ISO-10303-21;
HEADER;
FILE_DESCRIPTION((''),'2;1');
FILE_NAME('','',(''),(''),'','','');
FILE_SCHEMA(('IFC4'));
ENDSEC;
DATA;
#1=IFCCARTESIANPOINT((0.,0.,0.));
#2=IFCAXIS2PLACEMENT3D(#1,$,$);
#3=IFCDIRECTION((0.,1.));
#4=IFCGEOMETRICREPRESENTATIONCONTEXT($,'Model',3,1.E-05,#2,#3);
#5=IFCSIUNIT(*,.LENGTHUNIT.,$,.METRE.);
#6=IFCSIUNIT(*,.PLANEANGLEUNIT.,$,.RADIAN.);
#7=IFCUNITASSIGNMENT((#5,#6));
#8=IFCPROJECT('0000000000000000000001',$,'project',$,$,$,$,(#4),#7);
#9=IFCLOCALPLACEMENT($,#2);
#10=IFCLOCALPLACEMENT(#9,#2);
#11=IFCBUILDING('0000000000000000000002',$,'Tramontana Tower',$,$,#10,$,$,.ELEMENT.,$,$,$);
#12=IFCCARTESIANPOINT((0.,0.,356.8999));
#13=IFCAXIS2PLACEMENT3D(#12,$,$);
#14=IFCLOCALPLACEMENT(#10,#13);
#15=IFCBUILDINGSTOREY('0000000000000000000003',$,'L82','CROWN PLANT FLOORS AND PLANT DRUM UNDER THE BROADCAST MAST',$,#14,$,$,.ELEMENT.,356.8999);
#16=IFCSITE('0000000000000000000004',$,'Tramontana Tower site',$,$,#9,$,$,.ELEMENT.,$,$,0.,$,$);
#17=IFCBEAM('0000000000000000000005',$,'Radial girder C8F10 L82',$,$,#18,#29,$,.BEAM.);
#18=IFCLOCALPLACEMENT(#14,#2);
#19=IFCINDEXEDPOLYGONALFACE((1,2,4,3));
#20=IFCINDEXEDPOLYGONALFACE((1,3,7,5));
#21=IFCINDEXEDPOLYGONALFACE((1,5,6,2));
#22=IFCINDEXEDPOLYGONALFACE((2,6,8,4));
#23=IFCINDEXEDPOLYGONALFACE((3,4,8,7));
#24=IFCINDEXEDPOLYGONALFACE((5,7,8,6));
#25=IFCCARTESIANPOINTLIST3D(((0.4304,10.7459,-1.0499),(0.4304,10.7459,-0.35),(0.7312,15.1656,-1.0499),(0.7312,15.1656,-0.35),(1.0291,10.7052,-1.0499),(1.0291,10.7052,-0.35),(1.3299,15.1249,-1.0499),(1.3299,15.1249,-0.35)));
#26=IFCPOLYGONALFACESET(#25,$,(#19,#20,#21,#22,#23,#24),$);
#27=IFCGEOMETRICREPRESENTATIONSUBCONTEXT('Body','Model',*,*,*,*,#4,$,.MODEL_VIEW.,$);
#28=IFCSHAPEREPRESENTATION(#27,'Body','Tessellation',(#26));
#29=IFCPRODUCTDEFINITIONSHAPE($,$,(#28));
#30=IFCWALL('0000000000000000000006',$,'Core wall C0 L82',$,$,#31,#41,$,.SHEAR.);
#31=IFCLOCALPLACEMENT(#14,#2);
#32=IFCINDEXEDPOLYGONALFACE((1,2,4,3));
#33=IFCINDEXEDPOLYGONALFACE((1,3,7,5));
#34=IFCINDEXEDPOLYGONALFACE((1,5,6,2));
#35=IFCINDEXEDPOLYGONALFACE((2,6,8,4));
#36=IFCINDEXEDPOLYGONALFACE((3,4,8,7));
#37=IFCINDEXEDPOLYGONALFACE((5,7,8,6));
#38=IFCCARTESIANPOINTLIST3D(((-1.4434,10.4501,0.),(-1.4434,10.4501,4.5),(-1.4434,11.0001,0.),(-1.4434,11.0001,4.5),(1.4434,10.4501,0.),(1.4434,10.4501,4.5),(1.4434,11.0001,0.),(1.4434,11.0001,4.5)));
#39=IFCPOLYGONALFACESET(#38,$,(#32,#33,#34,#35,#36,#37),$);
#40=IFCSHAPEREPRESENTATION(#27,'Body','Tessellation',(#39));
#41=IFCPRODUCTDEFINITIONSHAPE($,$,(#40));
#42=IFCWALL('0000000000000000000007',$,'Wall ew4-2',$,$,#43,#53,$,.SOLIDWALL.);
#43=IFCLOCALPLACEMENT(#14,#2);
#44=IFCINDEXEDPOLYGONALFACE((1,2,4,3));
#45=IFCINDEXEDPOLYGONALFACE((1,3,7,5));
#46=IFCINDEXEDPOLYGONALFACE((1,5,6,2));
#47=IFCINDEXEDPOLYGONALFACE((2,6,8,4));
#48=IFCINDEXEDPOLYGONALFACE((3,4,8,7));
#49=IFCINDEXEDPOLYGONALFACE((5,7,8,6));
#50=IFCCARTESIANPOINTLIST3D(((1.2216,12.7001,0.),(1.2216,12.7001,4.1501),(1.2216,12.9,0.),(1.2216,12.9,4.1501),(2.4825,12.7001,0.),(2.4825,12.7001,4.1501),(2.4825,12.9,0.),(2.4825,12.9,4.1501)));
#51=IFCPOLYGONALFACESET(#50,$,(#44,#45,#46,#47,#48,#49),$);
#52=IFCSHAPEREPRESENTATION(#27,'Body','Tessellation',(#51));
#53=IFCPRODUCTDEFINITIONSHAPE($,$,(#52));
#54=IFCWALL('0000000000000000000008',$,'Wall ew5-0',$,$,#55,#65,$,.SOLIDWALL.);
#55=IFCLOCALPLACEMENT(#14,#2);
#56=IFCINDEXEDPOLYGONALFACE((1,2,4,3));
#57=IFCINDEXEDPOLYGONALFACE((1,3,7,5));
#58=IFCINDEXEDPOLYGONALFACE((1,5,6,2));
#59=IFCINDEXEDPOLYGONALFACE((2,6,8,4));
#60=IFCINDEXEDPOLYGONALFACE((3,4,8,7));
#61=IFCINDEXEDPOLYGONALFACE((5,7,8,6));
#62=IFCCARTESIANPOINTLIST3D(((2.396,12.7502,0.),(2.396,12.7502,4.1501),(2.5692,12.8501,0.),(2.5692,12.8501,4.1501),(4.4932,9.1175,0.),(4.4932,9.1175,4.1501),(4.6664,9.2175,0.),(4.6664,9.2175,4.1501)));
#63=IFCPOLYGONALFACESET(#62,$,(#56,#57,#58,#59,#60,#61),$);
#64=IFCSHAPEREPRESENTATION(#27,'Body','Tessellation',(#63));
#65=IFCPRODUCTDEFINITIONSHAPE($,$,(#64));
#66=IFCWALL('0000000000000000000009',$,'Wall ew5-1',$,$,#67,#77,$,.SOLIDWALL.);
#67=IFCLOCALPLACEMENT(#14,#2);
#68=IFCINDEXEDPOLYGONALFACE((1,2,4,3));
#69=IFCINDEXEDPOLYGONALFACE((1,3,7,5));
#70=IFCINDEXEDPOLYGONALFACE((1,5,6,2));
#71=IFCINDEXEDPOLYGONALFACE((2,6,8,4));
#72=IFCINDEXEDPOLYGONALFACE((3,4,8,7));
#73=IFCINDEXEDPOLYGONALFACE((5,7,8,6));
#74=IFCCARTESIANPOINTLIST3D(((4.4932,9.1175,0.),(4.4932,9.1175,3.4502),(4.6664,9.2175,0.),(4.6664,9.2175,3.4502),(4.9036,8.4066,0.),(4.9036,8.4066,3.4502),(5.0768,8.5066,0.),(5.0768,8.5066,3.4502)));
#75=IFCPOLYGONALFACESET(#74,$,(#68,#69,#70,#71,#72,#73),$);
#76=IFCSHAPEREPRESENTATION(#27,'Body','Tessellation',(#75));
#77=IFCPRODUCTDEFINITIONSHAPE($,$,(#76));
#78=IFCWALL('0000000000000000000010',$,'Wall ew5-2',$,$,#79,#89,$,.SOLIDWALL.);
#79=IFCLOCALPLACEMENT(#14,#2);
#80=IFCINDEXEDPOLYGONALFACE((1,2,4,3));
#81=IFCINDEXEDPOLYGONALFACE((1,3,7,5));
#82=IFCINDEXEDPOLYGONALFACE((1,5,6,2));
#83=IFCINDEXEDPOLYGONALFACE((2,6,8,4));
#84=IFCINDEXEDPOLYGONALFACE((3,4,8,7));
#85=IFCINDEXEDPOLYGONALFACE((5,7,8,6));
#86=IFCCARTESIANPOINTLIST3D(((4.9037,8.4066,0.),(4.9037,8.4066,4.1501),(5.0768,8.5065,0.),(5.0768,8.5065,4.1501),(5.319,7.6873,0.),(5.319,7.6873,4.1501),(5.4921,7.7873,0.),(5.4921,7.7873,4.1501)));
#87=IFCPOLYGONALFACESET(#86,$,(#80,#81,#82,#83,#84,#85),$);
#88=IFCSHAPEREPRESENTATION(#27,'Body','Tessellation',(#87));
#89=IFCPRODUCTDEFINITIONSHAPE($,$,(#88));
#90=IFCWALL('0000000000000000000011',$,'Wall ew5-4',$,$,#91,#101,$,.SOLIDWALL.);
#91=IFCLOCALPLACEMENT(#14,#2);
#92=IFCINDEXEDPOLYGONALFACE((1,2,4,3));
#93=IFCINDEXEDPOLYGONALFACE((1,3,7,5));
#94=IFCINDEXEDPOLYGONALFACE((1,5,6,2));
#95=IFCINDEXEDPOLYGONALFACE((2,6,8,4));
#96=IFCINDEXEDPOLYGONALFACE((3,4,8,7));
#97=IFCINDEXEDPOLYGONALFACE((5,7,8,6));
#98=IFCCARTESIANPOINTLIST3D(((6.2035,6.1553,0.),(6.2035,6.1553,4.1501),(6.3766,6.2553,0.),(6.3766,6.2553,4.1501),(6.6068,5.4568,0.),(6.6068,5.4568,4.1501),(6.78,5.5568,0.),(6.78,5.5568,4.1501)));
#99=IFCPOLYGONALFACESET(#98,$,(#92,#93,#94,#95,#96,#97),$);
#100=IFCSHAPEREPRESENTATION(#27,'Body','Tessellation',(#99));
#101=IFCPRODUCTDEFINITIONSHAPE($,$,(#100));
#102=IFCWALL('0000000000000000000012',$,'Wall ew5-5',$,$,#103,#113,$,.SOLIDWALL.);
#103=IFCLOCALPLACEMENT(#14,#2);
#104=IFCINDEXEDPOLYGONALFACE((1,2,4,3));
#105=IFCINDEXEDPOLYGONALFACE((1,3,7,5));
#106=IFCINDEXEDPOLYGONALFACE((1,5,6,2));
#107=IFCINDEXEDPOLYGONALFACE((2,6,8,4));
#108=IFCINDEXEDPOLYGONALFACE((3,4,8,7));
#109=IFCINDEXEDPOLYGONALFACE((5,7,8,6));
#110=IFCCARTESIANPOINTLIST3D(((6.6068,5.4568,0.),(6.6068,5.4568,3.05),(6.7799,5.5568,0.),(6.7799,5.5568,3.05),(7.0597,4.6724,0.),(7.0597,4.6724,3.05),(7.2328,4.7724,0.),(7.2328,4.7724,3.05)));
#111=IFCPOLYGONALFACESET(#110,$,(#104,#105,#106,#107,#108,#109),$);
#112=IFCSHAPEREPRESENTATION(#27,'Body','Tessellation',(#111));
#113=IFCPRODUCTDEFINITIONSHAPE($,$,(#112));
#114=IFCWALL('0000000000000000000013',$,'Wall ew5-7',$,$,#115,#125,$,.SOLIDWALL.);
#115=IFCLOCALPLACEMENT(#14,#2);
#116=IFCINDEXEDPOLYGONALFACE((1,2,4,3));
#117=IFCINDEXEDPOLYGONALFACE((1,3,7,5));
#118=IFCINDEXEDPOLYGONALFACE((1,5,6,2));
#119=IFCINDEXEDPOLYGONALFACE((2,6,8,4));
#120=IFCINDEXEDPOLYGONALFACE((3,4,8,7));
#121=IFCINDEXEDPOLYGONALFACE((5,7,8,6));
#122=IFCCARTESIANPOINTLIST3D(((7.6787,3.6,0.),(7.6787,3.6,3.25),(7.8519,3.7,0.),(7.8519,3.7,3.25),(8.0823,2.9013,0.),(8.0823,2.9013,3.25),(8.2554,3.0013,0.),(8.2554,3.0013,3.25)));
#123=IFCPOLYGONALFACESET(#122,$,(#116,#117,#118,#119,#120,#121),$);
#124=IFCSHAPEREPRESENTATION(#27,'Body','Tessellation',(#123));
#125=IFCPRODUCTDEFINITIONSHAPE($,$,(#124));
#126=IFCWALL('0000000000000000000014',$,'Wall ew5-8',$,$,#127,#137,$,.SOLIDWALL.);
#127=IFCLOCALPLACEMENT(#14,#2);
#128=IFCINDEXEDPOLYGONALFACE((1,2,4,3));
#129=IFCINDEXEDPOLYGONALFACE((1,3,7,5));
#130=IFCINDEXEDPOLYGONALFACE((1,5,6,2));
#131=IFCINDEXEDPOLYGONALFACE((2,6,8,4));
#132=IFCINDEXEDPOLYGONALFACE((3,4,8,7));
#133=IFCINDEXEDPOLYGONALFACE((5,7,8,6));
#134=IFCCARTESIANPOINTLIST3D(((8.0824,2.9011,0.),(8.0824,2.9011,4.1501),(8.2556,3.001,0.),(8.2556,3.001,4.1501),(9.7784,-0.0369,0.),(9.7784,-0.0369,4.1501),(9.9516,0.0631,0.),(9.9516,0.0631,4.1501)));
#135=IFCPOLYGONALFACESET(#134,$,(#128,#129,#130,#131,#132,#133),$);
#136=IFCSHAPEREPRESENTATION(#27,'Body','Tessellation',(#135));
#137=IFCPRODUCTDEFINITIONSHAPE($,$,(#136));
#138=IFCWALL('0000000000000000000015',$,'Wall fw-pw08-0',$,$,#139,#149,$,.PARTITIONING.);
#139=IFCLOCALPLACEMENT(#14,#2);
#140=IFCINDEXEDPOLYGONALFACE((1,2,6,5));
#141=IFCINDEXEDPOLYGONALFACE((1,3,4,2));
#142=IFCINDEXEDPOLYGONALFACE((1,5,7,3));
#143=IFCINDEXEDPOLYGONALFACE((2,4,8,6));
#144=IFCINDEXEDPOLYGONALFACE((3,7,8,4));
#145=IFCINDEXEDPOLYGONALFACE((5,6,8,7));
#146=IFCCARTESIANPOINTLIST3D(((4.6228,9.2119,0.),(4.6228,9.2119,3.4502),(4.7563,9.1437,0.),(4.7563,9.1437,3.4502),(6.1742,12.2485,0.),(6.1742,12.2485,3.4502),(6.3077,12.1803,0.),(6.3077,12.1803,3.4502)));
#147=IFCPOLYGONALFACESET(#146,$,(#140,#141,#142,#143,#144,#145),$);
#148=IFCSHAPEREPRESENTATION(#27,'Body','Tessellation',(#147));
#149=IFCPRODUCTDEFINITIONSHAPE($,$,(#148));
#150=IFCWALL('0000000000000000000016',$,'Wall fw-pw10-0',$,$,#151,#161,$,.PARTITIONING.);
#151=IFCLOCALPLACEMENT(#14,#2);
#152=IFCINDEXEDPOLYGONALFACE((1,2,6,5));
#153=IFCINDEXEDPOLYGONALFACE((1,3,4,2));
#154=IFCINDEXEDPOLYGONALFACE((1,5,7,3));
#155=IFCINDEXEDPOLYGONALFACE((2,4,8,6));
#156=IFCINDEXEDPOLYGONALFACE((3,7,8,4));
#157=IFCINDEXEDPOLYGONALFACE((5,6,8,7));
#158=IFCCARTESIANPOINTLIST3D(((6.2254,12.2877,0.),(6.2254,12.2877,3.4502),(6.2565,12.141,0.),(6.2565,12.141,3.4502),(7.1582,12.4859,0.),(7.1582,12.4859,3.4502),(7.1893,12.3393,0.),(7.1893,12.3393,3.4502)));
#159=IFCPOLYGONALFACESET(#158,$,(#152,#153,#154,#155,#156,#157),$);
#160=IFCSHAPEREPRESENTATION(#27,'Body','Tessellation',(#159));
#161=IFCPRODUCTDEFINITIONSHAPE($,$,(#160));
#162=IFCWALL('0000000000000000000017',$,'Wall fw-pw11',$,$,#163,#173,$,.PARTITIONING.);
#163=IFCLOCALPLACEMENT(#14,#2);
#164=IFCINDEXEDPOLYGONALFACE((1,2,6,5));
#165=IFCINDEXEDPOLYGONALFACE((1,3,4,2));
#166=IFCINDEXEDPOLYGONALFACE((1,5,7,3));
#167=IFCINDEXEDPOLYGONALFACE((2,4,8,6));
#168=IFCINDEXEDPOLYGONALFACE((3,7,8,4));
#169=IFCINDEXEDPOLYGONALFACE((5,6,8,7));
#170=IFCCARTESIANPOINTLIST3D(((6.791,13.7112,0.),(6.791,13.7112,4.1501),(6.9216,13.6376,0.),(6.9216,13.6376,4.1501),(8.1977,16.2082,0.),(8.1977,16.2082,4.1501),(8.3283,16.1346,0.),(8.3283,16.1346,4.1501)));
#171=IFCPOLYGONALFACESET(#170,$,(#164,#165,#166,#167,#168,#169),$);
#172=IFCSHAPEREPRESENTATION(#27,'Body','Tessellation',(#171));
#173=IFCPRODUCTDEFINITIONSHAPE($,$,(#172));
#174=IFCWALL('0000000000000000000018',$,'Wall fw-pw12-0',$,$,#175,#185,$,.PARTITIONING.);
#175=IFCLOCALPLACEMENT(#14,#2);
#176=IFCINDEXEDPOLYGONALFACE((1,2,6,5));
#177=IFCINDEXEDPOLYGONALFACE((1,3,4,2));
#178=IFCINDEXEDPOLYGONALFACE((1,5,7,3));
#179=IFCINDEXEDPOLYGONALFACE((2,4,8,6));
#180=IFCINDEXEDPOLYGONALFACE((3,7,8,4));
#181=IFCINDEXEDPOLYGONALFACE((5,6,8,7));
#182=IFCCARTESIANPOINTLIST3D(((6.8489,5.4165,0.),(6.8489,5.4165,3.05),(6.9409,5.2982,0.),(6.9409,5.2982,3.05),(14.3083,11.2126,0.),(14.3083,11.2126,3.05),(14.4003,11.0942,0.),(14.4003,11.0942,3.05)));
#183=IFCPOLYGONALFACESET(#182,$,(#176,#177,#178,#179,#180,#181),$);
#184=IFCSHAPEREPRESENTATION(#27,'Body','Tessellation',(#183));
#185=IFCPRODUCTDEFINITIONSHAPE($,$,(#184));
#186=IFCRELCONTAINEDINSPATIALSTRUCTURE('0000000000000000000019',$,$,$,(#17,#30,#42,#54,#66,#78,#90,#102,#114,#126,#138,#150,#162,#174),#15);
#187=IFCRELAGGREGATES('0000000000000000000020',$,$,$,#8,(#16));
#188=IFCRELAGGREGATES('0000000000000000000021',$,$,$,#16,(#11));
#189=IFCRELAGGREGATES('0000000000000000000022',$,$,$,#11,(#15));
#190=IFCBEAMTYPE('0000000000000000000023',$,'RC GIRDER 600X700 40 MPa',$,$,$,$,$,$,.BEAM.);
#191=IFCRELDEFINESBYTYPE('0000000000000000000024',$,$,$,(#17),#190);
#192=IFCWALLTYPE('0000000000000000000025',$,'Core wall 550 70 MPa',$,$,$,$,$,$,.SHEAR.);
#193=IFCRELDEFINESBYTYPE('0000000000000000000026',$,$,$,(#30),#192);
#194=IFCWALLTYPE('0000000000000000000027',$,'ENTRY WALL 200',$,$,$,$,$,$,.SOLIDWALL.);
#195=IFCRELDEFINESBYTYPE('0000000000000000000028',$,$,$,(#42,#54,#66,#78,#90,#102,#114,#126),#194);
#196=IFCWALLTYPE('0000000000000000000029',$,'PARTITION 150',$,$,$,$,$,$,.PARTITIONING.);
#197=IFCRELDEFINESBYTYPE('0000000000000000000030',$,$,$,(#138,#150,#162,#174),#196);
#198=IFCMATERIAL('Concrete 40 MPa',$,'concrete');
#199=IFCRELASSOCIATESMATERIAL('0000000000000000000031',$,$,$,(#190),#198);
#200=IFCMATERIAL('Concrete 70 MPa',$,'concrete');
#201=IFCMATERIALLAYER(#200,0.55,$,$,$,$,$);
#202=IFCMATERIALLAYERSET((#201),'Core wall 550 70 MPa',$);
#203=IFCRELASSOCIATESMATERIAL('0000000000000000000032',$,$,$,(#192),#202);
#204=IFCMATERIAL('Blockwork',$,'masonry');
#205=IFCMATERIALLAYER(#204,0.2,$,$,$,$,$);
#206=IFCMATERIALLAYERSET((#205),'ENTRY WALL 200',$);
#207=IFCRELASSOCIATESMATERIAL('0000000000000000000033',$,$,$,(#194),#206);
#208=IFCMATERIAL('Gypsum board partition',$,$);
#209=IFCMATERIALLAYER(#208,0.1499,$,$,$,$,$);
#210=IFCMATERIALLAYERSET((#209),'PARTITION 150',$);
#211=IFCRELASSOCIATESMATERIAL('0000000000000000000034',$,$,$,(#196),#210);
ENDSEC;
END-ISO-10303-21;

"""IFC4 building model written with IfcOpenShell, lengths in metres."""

from ifc_helpers import new_model, si_unit, direction, frame, frame_2d, origin, origin_2d, place, context, subcontext, project, spatial, rectangle, extrude, material, layer, layer_set, material_profile, profile_set, type_object, element, save


model = new_model("IFC4")

# Units and contexts
model_context = context("Model", 3, precision=1e-05, world=origin(), true_north=direction((0.0, 1.0)))
body_context = subcontext(model_context, "Body", "Model", "MODEL_VIEW")
ifc_project = project(units=[si_unit("LENGTHUNIT", "METRE"), si_unit("PLANEANGLEUNIT", "RADIAN")], contexts=[model_context])

# Site, building, storey
site_placement = place(None, origin())
site = spatial("IfcSite", under=ifc_project, at=site_placement, Name="Tramontana Tower site", CompositionType="ELEMENT", RefElevation=0.0)
building_placement = place(site_placement, origin())
building = spatial("IfcBuilding", under=site, at=building_placement, Name="Tramontana Tower", CompositionType="ELEMENT")
storey_placement = place(building_placement, frame((0.0, 0.0, 356.8999)))
storey = spatial("IfcBuildingStorey", under=building, at=storey_placement, Name="L82", Description="CROWN PLANT FLOORS AND PLANT DRUM UNDER THE BROADCAST MAST", CompositionType="ELEMENT", Elevation=356.8999)

# Beam
ifc_material_1 = material(Name="Concrete 40 MPa", Category="concrete")
ifc_material_profile = material_profile(ifc_material_1, rectangle(XDim=0.6001, YDim=0.7, at=origin_2d()), Name="RC GIRDER 600X700 40 MPa")
ifc_profile_set = profile_set([ifc_material_profile], Name="Concrete 40 MPa")
beam_type = type_object("IfcBeamType", Name="RC GIRDER 600X700 40 MPa", PredefinedType="BEAM", material=ifc_profile_set)
beam_placement = place(storey_placement, frame((1.0305, 15.1453, -0.7), z_axis=(-0.067898, -0.997692, 0.0), x_axis=(0.997692, -0.067898, 0.0)))
element("IfcBeam", 1, at=beam_placement, inside=storey, type_object=beam_type, Name="Radial girder C8F10 L82", PredefinedType="BEAM", context=body_context, shape_type="SweptSolid", body=[
    extrude(rectangle(XDim=0.6001, YDim=0.7, at=origin_2d()), origin(), (0.0, 0.0, 1.0), 4.4299),
])

# Walls
ifc_material_2 = material(Name="Concrete 70 MPa", Category="concrete")
ifc_layer_1 = layer(ifc_material_2, 0.55)
ifc_layer_set_1 = layer_set([ifc_layer_1], Name="Core wall 550 70 MPa")
wall_type_1 = type_object("IfcWallType", Name="Core wall 550 70 MPa", PredefinedType="SHEAR", material=ifc_layer_set_1)
wall_1_placement = place(storey_placement, frame((1.4434, 10.7251, 0.0), z_axis=(0.0, 0.0, 1.0), x_axis=(-1.0, 0.0, 0.0)))
element("IfcWall", 2, at=wall_1_placement, inside=storey, type_object=wall_type_1, Name="Core wall C0 L82", PredefinedType="SHEAR", context=body_context, shape_type="SweptSolid", body=[
    extrude(rectangle(XDim=2.8867, YDim=0.55, at=frame_2d((1.4434, 0.0))), origin(), (0.0, 0.0, 1.0), 4.5),
])
ifc_material_3 = material(Name="Blockwork", Category="masonry")
ifc_layer_2 = layer(ifc_material_3, 0.2)
ifc_layer_set_2 = layer_set([ifc_layer_2], Name="ENTRY WALL 200")
wall_type_2 = type_object("IfcWallType", Name="ENTRY WALL 200", PredefinedType="SOLIDWALL", material=ifc_layer_set_2)
wall_2_placement = place(storey_placement, frame((1.2217, 12.8, 0.0), z_axis=(0.0, 0.0, 1.0), x_axis=(1.0, 0.0, 0.0)))
element("IfcWall", 3, at=wall_2_placement, inside=storey, type_object=wall_type_2, Name="Wall ew4-2", PredefinedType="SOLIDWALL", context=body_context, shape_type="SweptSolid", body=[
    extrude(rectangle(XDim=1.261, YDim=0.2, at=frame_2d((0.6304, 0.0))), origin(), (0.0, 0.0, 1.0), 4.1501),
])
wall_3_placement = place(storey_placement, frame((2.4827, 12.8, 0.0), z_axis=(0.0, 0.0, 1.0), x_axis=(0.499983, -0.866035, 0.0)))
element("IfcWall", 4, at=wall_3_placement, inside=storey, type_object=wall_type_2, Name="Wall ew5-0", PredefinedType="SOLIDWALL", context=body_context, shape_type="SweptSolid", body=[
    extrude(rectangle(XDim=4.1946, YDim=0.2, at=frame_2d((2.0972, 0.0))), origin(), (0.0, 0.0, 1.0), 4.1501),
])
wall_4_placement = place(storey_placement, frame((4.5798, 9.1675, 0.0), z_axis=(0.0, 0.0, 1.0), x_axis=(0.499946, -0.866057, 0.0)))
element("IfcWall", 5, at=wall_4_placement, inside=storey, type_object=wall_type_2, Name="Wall ew5-1", PredefinedType="SOLIDWALL", context=body_context, shape_type="SweptSolid", body=[
    extrude(rectangle(XDim=0.8208, YDim=0.2, at=frame_2d((0.4104, 0.0))), origin(), (0.0, 0.0, 1.0), 3.4502),
])
wall_5_placement = place(storey_placement, frame((4.9902, 8.4565, 0.0), z_axis=(0.0, 0.0, 1.0), x_axis=(0.500028, -0.866009, 0.0)))
element("IfcWall", 6, at=wall_5_placement, inside=storey, type_object=wall_type_2, Name="Wall ew5-2", PredefinedType="SOLIDWALL", context=body_context, shape_type="SweptSolid", body=[
    extrude(rectangle(XDim=0.8306, YDim=0.2, at=frame_2d((0.4153, 0.0))), origin(), (0.0, 0.0, 1.0), 4.1501),
])

# Walls
wall_6_placement = place(storey_placement, frame((6.29, 6.2053, 0.0), z_axis=(0.0, 0.0, 1.0), x_axis=(0.500046, -0.865999, 0.0)))
element("IfcWall", 7, at=wall_6_placement, inside=storey, type_object=wall_type_2, Name="Wall ew5-4", PredefinedType="SOLIDWALL", context=body_context, shape_type="SweptSolid", body=[
    extrude(rectangle(XDim=0.8066, YDim=0.2, at=frame_2d((0.4033, 0.0))), origin(), (0.0, 0.0, 1.0), 4.1501),
])
wall_7_placement = place(storey_placement, frame((6.6934, 5.5068, 0.0), z_axis=(0.0, 0.0, 1.0), x_axis=(0.499995, -0.866028, 0.0)))
element("IfcWall", 8, at=wall_7_placement, inside=storey, type_object=wall_type_2, Name="Wall ew5-5", PredefinedType="SOLIDWALL", context=body_context, shape_type="SweptSolid", body=[
    extrude(rectangle(XDim=0.9058, YDim=0.2, at=frame_2d((0.4529, 0.0))), origin(), (0.0, 0.0, 1.0), 3.05),
])

# Walls
wall_8_placement = place(storey_placement, frame((7.7654, 3.6499, 0.0), z_axis=(0.0, 0.0, 1.0), x_axis=(0.500141, -0.865944, 0.0)))
element("IfcWall", 9, at=wall_8_placement, inside=storey, type_object=wall_type_2, Name="Wall ew5-7", PredefinedType="SOLIDWALL", context=body_context, shape_type="SweptSolid", body=[
    extrude(rectangle(XDim=0.8069, YDim=0.2, at=frame_2d((0.4033, 0.0))), origin(), (0.0, 0.0, 1.0), 3.25),
])
wall_9_placement = place(storey_placement, frame((8.1689, 2.9512, 0.0), z_axis=(0.0, 0.0, 1.0), x_axis=(0.499955, -0.866051, 0.0)))
element("IfcWall", 10, at=wall_9_placement, inside=storey, type_object=wall_type_2, Name="Wall ew5-8", PredefinedType="SOLIDWALL", context=body_context, shape_type="SweptSolid", body=[
    extrude(rectangle(XDim=3.3923, YDim=0.2, at=frame_2d((1.6963, 0.0))), origin(), (0.0, 0.0, 1.0), 4.1501),
])
ifc_material_4 = material(Name="Gypsum board partition")
ifc_layer_3 = layer(ifc_material_4, 0.1499)
ifc_layer_set_3 = layer_set([ifc_layer_3], Name="PARTITION 150")
wall_type_3 = type_object("IfcWallType", Name="PARTITION 150", PredefinedType="PARTITIONING", material=ifc_layer_set_3)
wall_10_placement = place(storey_placement, frame((4.6895, 9.1777, 0.0), z_axis=(0.0, 0.0, 1.0), x_axis=(0.454986, 0.890499, 0.0)))
element("IfcWall", 11, at=wall_10_placement, inside=storey, type_object=wall_type_3, Name="Wall fw-pw08-0", PredefinedType="PARTITIONING", context=body_context, shape_type="SweptSolid", body=[
    extrude(rectangle(XDim=3.4099, YDim=0.1499, at=frame_2d((1.7051, 0.0))), origin(), (0.0, 0.0, 1.0), 3.4502),
])
wall_11_placement = place(storey_placement, frame((6.241, 12.2144, 0.0), z_axis=(0.0, 0.0, 1.0), x_axis=(0.978157, 0.207868, 0.0)))
element("IfcWall", 12, at=wall_11_placement, inside=storey, type_object=wall_type_3, Name="Wall fw-pw10-0", PredefinedType="PARTITIONING", context=body_context, shape_type="SweptSolid", body=[
    extrude(rectangle(XDim=0.9536, YDim=0.1499, at=frame_2d((0.4768, 0.0))), origin(), (0.0, 0.0, 1.0), 3.4502),
])
wall_12_placement = place(storey_placement, frame((6.8562, 13.6743, 0.0), z_axis=(0.0, 0.0, 1.0), x_axis=(0.490827, 0.871257, 0.0)))
element("IfcWall", 13, at=wall_12_placement, inside=storey, type_object=wall_type_3, Name="Wall fw-pw11", PredefinedType="PARTITIONING", context=body_context, shape_type="SweptSolid", body=[
    extrude(rectangle(XDim=2.866, YDim=0.1499, at=frame_2d((1.4331, 0.0))), origin(), (0.0, 0.0, 1.0), 4.1501),
])
wall_13_placement = place(storey_placement, frame((6.895, 5.3574, 0.0), z_axis=(0.0, 0.0, 1.0), x_axis=(0.789643, 0.613567, 0.0)))
element("IfcWall", 14, at=wall_13_placement, inside=storey, type_object=wall_type_3, Name="Wall fw-pw12-0", PredefinedType="PARTITIONING", context=body_context, shape_type="SweptSolid", body=[
    extrude(rectangle(XDim=9.4465, YDim=0.1499, at=frame_2d((4.7231, 0.0))), origin(), (0.0, 0.0, 1.0), 3.05),
])

save(model, "model.ifc")
